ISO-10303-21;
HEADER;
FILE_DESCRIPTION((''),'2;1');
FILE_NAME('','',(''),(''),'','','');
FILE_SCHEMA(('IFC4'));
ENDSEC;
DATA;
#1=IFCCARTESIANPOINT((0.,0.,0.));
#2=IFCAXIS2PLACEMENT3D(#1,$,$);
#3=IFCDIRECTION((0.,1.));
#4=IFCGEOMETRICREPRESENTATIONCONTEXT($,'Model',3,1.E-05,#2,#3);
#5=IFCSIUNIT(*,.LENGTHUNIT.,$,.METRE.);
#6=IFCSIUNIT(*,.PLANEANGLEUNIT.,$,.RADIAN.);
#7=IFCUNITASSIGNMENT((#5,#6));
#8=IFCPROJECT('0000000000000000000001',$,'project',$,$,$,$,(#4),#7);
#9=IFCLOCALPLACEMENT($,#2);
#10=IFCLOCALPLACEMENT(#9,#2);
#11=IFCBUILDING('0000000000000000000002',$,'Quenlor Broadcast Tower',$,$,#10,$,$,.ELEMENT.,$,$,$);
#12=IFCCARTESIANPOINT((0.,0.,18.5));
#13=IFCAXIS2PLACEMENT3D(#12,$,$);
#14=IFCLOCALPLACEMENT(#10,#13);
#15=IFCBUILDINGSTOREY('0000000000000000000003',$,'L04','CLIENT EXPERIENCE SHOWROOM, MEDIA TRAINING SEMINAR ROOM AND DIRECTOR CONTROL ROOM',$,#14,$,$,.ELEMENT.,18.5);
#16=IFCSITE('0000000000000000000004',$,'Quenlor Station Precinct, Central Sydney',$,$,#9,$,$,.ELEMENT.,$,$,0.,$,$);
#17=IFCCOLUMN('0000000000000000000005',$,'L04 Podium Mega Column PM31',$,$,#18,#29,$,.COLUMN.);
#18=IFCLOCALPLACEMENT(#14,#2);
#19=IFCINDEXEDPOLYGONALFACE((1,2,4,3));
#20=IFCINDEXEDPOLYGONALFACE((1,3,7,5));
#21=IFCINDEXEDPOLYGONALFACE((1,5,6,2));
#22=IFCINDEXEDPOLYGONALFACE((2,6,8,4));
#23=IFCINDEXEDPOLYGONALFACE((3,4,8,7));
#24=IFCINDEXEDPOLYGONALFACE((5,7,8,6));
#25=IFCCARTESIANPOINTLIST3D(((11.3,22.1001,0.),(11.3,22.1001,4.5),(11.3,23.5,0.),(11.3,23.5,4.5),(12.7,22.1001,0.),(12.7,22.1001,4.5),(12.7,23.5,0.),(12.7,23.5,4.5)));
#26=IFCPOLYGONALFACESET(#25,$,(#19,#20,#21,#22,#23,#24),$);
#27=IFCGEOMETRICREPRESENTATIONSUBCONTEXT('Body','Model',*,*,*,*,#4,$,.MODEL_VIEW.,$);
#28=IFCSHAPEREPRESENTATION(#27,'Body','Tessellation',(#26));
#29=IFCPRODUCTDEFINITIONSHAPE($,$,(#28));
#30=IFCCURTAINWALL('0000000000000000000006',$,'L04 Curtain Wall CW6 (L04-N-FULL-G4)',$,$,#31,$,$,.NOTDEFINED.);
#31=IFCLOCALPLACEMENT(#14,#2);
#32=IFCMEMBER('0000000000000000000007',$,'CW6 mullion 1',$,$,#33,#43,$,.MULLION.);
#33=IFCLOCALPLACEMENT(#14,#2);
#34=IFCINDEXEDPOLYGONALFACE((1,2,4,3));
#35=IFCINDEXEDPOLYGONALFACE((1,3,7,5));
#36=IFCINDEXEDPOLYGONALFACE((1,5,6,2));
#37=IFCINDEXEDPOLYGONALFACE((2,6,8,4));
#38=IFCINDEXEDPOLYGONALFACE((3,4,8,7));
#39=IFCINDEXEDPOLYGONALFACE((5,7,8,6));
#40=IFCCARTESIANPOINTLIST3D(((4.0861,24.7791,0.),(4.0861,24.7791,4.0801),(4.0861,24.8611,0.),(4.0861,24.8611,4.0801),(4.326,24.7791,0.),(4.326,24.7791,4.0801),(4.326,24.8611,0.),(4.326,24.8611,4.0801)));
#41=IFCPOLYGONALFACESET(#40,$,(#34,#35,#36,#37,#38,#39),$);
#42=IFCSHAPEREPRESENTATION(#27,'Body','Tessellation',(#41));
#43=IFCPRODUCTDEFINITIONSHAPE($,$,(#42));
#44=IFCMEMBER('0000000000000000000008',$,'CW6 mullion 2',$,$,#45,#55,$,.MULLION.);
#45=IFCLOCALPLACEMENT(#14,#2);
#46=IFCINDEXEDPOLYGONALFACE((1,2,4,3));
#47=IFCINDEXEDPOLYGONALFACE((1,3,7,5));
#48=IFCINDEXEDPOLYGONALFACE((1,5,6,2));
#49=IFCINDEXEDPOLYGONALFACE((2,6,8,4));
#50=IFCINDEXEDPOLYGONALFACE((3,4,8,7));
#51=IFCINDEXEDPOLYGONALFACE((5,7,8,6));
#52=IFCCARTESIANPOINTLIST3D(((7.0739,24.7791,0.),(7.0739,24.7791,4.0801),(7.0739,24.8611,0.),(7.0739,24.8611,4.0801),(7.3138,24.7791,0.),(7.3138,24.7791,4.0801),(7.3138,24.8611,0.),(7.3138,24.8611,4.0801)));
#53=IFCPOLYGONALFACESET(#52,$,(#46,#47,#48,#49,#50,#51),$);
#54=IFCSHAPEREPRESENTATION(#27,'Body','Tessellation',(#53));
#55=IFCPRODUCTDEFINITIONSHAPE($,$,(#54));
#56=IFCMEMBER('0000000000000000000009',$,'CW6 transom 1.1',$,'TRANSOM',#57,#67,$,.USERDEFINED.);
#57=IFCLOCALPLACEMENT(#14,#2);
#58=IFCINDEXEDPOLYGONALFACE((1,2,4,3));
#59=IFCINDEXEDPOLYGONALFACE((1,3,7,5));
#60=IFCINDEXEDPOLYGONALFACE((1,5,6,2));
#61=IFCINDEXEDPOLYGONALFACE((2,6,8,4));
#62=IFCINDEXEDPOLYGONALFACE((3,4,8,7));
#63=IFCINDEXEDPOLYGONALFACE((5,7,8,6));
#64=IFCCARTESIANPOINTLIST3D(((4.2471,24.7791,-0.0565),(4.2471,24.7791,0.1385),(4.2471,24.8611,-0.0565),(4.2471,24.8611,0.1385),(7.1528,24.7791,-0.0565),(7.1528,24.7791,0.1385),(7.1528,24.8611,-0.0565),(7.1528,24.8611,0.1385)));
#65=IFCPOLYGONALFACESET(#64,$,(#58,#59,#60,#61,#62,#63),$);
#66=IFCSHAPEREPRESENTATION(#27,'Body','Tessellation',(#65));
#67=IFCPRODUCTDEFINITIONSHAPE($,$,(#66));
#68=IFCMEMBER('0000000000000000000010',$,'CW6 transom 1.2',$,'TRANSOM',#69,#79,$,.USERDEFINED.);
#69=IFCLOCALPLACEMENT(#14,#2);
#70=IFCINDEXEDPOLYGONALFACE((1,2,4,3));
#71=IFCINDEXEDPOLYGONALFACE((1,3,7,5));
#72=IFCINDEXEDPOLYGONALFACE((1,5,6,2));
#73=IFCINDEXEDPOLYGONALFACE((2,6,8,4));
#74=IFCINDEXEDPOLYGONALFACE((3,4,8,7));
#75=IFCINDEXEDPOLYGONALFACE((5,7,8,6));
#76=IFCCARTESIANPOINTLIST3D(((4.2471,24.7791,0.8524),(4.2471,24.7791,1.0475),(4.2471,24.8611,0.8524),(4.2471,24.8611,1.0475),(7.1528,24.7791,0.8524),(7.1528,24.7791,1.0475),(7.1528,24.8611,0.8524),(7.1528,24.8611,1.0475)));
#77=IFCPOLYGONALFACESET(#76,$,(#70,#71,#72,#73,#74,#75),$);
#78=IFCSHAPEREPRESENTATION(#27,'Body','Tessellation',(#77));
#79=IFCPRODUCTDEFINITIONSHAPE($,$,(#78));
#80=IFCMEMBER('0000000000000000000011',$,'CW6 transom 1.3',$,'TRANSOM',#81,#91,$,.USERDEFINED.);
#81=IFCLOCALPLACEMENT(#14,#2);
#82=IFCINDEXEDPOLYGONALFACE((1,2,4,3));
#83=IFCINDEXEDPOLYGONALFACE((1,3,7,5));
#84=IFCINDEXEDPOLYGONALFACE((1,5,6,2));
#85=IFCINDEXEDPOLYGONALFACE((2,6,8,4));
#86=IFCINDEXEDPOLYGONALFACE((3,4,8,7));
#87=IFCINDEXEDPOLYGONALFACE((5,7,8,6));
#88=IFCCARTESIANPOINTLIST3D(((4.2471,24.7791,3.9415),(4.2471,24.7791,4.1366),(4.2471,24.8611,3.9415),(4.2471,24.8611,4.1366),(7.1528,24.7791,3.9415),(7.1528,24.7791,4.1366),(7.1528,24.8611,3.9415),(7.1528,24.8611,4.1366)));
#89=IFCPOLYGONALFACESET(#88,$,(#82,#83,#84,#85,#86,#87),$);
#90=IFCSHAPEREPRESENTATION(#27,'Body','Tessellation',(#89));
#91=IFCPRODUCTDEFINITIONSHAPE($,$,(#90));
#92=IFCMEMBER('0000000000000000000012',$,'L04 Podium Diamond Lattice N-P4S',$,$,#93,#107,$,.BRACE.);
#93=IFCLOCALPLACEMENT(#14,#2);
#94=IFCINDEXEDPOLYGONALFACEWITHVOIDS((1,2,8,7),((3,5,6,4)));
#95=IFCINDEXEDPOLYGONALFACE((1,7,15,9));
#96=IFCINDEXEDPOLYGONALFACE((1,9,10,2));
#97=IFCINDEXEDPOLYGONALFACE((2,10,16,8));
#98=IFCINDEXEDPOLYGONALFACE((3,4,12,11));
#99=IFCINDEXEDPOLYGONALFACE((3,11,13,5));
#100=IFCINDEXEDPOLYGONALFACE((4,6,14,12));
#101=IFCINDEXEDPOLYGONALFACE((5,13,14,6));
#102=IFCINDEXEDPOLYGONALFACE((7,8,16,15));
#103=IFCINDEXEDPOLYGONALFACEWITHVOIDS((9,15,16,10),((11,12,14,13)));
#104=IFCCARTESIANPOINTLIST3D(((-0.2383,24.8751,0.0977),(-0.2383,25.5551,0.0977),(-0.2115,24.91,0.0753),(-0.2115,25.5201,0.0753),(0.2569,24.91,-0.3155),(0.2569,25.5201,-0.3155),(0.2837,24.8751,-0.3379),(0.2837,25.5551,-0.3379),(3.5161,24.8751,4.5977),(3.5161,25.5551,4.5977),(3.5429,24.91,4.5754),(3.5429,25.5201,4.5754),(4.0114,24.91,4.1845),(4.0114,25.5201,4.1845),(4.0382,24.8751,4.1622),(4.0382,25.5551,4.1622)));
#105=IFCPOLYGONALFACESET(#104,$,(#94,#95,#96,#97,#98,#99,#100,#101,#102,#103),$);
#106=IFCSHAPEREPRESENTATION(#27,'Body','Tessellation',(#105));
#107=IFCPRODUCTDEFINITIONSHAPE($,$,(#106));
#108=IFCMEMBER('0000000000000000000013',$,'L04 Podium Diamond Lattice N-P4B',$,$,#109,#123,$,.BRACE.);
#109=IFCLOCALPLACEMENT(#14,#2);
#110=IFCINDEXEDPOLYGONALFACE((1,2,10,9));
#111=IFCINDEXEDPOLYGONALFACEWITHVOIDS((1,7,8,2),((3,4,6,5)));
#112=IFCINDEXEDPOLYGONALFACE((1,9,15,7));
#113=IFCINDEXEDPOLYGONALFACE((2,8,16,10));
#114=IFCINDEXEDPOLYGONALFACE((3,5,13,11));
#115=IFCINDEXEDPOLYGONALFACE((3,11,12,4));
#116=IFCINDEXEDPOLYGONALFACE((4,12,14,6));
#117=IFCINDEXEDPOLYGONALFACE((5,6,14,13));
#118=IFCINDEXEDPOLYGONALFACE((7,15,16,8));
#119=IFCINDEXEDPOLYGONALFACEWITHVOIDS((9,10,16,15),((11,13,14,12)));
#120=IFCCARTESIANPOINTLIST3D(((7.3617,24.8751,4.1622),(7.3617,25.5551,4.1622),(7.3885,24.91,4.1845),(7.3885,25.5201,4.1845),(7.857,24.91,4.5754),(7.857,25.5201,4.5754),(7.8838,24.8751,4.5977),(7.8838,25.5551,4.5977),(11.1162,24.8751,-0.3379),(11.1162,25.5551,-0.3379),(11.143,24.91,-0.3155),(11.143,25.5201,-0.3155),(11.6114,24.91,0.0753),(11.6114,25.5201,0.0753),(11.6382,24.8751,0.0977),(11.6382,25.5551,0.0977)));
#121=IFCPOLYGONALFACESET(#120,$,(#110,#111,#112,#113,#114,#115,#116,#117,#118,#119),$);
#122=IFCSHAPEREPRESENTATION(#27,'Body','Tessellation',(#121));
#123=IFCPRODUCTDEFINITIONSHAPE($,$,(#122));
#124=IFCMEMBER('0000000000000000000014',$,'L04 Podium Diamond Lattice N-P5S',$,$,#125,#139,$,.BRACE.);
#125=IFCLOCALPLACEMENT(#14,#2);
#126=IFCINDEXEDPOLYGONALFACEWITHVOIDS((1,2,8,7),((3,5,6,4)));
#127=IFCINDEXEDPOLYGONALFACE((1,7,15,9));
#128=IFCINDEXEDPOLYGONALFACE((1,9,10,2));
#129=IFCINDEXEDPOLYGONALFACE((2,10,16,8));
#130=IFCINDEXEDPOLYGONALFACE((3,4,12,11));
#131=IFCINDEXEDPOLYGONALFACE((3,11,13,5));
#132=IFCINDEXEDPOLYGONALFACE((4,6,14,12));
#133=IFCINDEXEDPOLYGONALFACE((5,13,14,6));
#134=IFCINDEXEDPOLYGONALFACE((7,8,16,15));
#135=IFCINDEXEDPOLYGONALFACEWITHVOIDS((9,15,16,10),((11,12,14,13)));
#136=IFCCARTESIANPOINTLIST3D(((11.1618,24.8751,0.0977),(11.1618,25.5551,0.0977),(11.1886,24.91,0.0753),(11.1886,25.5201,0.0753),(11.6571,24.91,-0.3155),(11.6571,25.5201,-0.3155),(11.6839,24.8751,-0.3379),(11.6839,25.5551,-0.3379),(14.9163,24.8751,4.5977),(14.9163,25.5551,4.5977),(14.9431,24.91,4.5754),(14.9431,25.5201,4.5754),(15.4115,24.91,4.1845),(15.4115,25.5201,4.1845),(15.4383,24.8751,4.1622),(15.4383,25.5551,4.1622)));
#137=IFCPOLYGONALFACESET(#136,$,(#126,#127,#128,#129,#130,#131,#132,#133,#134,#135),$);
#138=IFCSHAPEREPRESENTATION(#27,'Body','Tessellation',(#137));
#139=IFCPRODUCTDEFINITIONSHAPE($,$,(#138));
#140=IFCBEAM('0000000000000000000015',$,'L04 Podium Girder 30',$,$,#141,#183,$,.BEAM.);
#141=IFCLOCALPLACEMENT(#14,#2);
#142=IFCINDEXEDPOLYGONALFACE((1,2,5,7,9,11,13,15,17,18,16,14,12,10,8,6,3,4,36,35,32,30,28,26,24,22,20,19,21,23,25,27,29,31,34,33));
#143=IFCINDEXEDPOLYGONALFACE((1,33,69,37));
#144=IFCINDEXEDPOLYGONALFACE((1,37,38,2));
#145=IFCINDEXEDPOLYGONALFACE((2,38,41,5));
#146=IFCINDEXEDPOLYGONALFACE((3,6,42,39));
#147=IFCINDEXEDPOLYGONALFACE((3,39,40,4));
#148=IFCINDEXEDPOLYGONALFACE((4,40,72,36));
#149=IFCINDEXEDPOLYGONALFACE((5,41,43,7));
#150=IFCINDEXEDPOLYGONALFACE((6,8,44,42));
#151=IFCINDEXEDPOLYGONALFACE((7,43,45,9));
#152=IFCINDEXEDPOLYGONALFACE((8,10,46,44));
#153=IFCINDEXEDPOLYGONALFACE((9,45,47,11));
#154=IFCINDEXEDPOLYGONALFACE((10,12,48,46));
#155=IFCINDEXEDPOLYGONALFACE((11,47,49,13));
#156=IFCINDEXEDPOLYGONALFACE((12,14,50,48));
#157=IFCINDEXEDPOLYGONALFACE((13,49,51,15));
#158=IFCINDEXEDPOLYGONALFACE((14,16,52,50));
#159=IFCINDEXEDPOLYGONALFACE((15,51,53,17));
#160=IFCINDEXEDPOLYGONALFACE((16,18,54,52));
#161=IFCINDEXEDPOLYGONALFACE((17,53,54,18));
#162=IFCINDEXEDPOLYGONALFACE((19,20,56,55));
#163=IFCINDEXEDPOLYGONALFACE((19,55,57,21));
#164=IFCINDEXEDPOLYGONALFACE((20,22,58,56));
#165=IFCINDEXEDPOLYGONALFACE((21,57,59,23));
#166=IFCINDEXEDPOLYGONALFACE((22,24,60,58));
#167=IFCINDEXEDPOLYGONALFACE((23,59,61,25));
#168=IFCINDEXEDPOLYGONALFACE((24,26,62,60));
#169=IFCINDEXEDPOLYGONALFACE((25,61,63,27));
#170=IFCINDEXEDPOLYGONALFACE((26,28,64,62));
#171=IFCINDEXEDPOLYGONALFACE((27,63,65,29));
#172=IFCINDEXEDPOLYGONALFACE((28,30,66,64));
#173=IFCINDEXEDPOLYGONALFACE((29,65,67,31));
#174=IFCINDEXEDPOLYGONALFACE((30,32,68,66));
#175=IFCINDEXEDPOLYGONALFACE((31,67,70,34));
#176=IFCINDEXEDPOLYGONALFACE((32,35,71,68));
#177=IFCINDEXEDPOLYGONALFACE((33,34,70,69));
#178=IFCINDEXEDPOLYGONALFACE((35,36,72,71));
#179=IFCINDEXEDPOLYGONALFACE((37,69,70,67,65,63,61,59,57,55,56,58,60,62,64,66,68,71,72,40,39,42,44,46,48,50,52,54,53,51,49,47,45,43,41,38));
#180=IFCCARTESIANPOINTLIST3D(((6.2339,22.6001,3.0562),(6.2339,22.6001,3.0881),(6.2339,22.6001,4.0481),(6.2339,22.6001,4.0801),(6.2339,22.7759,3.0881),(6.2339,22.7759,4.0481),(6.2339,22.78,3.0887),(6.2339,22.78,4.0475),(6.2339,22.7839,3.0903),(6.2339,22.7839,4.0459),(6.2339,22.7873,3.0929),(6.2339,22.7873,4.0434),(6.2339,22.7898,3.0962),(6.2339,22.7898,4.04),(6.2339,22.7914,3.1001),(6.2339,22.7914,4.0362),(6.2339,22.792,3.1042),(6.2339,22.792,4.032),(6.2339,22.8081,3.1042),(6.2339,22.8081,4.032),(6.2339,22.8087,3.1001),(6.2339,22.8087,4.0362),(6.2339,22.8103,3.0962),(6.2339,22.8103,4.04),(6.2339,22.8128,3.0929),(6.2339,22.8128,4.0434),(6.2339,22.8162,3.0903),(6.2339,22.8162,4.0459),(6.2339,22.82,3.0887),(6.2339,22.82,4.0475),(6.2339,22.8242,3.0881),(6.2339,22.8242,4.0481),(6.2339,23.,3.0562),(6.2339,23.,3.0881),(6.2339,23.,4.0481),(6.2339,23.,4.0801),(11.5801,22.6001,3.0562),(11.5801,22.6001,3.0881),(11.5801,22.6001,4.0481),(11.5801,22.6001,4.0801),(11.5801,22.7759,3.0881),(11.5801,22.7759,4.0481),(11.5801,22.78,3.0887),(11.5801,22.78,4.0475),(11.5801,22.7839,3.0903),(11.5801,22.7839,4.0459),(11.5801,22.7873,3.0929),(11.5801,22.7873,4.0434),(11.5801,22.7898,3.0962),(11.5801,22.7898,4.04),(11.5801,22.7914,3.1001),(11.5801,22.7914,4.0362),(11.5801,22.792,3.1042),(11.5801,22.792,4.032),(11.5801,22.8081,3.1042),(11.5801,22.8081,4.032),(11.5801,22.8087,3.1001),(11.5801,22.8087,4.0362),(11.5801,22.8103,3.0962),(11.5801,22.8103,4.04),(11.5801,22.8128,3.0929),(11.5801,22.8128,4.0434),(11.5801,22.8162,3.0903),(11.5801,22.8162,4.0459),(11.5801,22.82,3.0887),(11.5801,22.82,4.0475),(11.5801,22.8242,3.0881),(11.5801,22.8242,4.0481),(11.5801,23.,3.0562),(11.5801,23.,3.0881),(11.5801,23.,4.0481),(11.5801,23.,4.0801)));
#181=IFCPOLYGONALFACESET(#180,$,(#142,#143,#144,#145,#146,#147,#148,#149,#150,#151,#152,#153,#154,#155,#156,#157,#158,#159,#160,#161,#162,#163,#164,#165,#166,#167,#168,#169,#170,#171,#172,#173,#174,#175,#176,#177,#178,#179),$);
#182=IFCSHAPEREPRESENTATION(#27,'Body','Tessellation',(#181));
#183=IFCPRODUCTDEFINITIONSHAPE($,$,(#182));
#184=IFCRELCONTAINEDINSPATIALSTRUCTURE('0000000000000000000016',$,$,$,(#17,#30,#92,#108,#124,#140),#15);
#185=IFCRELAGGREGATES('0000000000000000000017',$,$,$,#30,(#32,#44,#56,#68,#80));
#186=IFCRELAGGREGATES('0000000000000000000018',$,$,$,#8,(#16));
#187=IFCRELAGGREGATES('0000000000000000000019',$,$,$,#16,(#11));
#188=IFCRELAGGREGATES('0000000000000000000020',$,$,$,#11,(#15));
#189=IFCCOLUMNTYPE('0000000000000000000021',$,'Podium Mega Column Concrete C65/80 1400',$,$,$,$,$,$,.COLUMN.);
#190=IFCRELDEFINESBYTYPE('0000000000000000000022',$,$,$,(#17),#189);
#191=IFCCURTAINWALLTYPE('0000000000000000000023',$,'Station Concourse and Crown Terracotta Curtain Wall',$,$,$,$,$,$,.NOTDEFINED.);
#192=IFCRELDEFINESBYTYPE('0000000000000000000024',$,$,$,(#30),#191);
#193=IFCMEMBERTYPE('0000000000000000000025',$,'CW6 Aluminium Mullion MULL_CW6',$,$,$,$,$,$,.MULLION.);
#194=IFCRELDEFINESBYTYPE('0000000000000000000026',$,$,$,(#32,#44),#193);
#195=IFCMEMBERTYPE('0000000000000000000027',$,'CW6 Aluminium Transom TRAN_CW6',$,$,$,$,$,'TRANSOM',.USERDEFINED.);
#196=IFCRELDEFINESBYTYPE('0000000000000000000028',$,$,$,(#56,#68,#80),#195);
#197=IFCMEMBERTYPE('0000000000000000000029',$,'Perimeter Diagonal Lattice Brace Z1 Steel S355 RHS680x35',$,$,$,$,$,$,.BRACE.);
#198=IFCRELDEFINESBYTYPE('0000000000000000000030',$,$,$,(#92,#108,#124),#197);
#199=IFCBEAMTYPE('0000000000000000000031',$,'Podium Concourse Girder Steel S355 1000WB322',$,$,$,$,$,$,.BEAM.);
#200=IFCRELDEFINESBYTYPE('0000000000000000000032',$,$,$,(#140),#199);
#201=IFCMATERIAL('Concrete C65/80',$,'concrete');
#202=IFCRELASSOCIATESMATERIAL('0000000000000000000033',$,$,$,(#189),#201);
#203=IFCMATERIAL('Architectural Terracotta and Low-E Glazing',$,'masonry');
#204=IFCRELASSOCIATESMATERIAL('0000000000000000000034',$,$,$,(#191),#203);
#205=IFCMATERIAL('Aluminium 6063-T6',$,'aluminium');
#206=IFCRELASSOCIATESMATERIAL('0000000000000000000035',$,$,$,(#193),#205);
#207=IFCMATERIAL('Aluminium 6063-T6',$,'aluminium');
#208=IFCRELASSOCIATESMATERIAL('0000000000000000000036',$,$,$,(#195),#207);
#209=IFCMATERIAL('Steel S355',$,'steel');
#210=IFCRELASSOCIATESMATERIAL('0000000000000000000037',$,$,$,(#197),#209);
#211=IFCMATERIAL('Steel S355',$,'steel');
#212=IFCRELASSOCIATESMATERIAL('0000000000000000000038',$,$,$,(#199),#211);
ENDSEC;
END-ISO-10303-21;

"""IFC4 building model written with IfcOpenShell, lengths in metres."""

from ifc_helpers import new_model, si_unit, direction, frame, origin, origin_2d, place, context, subcontext, project, spatial, rectangle, hollow_rectangle, i_section, extrude, material, material_profile, profile_set, type_object, element, aggregate, save


model = new_model("IFC4")

# Units and contexts
model_context = context("Model", 3, precision=1e-05, world=origin(), true_north=direction((0.0, 1.0)))
body_context = subcontext(model_context, "Body", "Model", "MODEL_VIEW")
ifc_project = project(units=[si_unit("LENGTHUNIT", "METRE"), si_unit("PLANEANGLEUNIT", "RADIAN")], contexts=[model_context])

# Site, building, storey
site_placement = place(None, origin())
site = spatial("IfcSite", under=ifc_project, at=site_placement, Name="Quenlor Station Precinct, Central Sydney", CompositionType="ELEMENT", RefElevation=0.0)
building_placement = place(site_placement, origin())
building = spatial("IfcBuilding", under=site, at=building_placement, Name="Quenlor Broadcast Tower", CompositionType="ELEMENT")
storey_placement = place(building_placement, frame((0.0, 0.0, 18.5)))
storey = spatial("IfcBuildingStorey", under=building, at=storey_placement, Name="L04", Description="CLIENT EXPERIENCE SHOWROOM, MEDIA TRAINING SEMINAR ROOM AND DIRECTOR CONTROL ROOM", CompositionType="ELEMENT", Elevation=18.5)

# Column
ifc_material_1 = material(Name="Concrete C65/80", Category="concrete")
ifc_material_profile_1 = material_profile(ifc_material_1, rectangle(XDim=1.3999, YDim=1.3999, at=origin_2d()))
ifc_profile_set_1 = profile_set([ifc_material_profile_1], Name="Concrete C65/80 RC1400x1400")
column_type = type_object("IfcColumnType", Name="Podium Mega Column Concrete C65/80 1400", PredefinedType="COLUMN", material=ifc_profile_set_1)
column_placement = place(storey_placement, frame((12.0, 22.8, 0.0), z_axis=(0.0, 0.0, 1.0), x_axis=(1.0, 0.0, 0.0)))
element("IfcColumn", 1, at=column_placement, inside=storey, type_object=column_type, Name="L04 Podium Mega Column PM31", PredefinedType="COLUMN", context=body_context, shape_type="SweptSolid", body=[
    extrude(rectangle(XDim=1.3999, YDim=1.3999, at=origin_2d()), origin(), (0.0, 0.0, 1.0), 4.5),
])

# Curtain wall, members
ifc_material_2 = material(Name="Architectural Terracotta and Low-E Glazing", Category="masonry")
curtain_wall_type = type_object("IfcCurtainWallType", Name="Station Concourse and Crown Terracotta Curtain Wall", PredefinedType="NOTDEFINED", material=ifc_material_2)
curtain_wall_placement = place(storey_placement, origin())
curtain_wall = element("IfcCurtainWall", 2, at=curtain_wall_placement, inside=storey, type_object=curtain_wall_type, Name="L04 Curtain Wall CW6 (L04-N-FULL-G4)", PredefinedType="NOTDEFINED")
ifc_material_3 = material(Name="Aluminium 6063-T6", Category="aluminium")
ifc_material_profile_2 = material_profile(ifc_material_3, rectangle(XDim=0.082, YDim=0.24, at=origin_2d()))
ifc_profile_set_2 = profile_set([ifc_material_profile_2], Name="Aluminium 6063-T6 MULL82x240")
member_type_1 = type_object("IfcMemberType", Name="CW6 Aluminium Mullion MULL_CW6", PredefinedType="MULLION", material=ifc_profile_set_2)
member_1_placement = place(storey_placement, frame((4.2061, 24.8201, 0.0), z_axis=(0.0, 0.0, 1.0), x_axis=(0.0, 1.0, 0.0)))
member_1 = element("IfcMember", 3, at=member_1_placement, type_object=member_type_1, Name="CW6 mullion 1", PredefinedType="MULLION", context=body_context, shape_type="SweptSolid", body=[
    extrude(rectangle(XDim=0.082, YDim=0.24, at=origin_2d()), origin(), (0.0, 0.0, 1.0), 4.0801),
])
member_2_placement = place(storey_placement, frame((7.1938, 24.8201, 0.0), z_axis=(0.0, 0.0, 1.0), x_axis=(0.0, 1.0, 0.0)))
member_2 = element("IfcMember", 4, at=member_2_placement, type_object=member_type_1, Name="CW6 mullion 2", PredefinedType="MULLION", context=body_context, shape_type="SweptSolid", body=[
    extrude(rectangle(XDim=0.082, YDim=0.24, at=origin_2d()), origin(), (0.0, 0.0, 1.0), 4.0801),
])
ifc_material_4 = material(Name="Aluminium 6063-T6", Category="aluminium")
ifc_material_profile_3 = material_profile(ifc_material_4, rectangle(XDim=0.082, YDim=0.1951, at=origin_2d()))
ifc_profile_set_3 = profile_set([ifc_material_profile_3], Name="Aluminium 6063-T6 TRAN82x195")
member_type_2 = type_object("IfcMemberType", Name="CW6 Aluminium Transom TRAN_CW6", ElementType="TRANSOM", PredefinedType="USERDEFINED", material=ifc_profile_set_3)
member_3_placement = place(storey_placement, frame((4.2471, 24.8201, 0.041), z_axis=(1.0, 0.0, 0.0), x_axis=(0.0, 1.0, 0.0)))
member_3 = element("IfcMember", 5, at=member_3_placement, type_object=member_type_2, Name="CW6 transom 1.1", ObjectType="TRANSOM", PredefinedType="USERDEFINED", context=body_context, shape_type="SweptSolid", body=[
    extrude(rectangle(XDim=0.082, YDim=0.1951, at=origin_2d()), origin(), (0.0, 0.0, 1.0), 2.9058),
])
member_4_placement = place(storey_placement, frame((4.2471, 24.8201, 0.95), z_axis=(1.0, 0.0, 0.0), x_axis=(0.0, 1.0, 0.0)))
member_4 = element("IfcMember", 6, at=member_4_placement, type_object=member_type_2, Name="CW6 transom 1.2", ObjectType="TRANSOM", PredefinedType="USERDEFINED", context=body_context, shape_type="SweptSolid", body=[
    extrude(rectangle(XDim=0.082, YDim=0.1951, at=origin_2d()), origin(), (0.0, 0.0, 1.0), 2.9058),
])
member_5_placement = place(storey_placement, frame((4.2471, 24.8201, 4.0391), z_axis=(1.0, 0.0, 0.0), x_axis=(0.0, 1.0, 0.0)))
member_5 = element("IfcMember", 7, at=member_5_placement, type_object=member_type_2, Name="CW6 transom 1.3", ObjectType="TRANSOM", PredefinedType="USERDEFINED", context=body_context, shape_type="SweptSolid", body=[
    extrude(rectangle(XDim=0.082, YDim=0.1951, at=origin_2d()), origin(), (0.0, 0.0, 1.0), 2.9058),
])

# Members
ifc_material_5 = material(Name="Steel S355", Category="steel")
ifc_material_profile_4 = material_profile(ifc_material_5, hollow_rectangle(XDim=0.6799, YDim=0.6799, WallThickness=0.0349, at=origin_2d()))
ifc_profile_set_4 = profile_set([ifc_material_profile_4], Name="Steel S355 RHS680x680x35")
member_type_3 = type_object("IfcMemberType", Name="Perimeter Diagonal Lattice Brace Z1 Steel S355 RHS680x35", PredefinedType="BRACE", material=ifc_profile_set_4)
for number, where, z_axis, x_axis, name in (
    (8, (0.0227, 25.2151, -0.1201), (0.640627, 0.0, 0.767852), (0.0, 1.0, 0.0), "L04 Podium Diamond Lattice N-P4S"),
    (9, (11.3772, 25.2151, -0.1201), (-0.640627, 0.0, 0.767852), (0.0, -1.0, 0.0), "L04 Podium Diamond Lattice N-P4B"),
    (10, (11.4229, 25.2151, -0.1201), (0.640627, 0.0, 0.767852), (0.0, 1.0, 0.0), "L04 Podium Diamond Lattice N-P5S"),
):
    element("IfcMember", number, at=place(storey_placement, frame(where, z_axis=z_axis, x_axis=x_axis)), inside=storey, type_object=member_type_3, Name=name, PredefinedType="BRACE", context=body_context, shape_type="SweptSolid", body=[
        extrude(hollow_rectangle(XDim=0.6799, YDim=0.6799, WallThickness=0.0349, at=origin_2d()), origin(), (0.0, 0.0, 1.0), 5.8606),
    ])

# Beam
ifc_material_6 = material(Name="Steel S355", Category="steel")
ifc_material_profile_5 = material_profile(ifc_material_6, i_section(OverallWidth=0.3999, OverallDepth=1.0239, WebThickness=0.0161, FlangeThickness=0.032, FilletRadius=0.0161, at=origin_2d()))
ifc_profile_set_5 = profile_set([ifc_material_profile_5], Name="Steel S355 1000WB322")
beam_type = type_object("IfcBeamType", Name="Podium Concourse Girder Steel S355 1000WB322", PredefinedType="BEAM", material=ifc_profile_set_5)
beam_placement = place(storey_placement, frame((6.2339, 22.8, 3.5681), z_axis=(1.0, 0.0, 0.0), x_axis=(0.0, 1.0, 0.0)))
element("IfcBeam", 11, at=beam_placement, inside=storey, type_object=beam_type, Name="L04 Podium Girder 30", PredefinedType="BEAM", context=body_context, shape_type="SweptSolid", body=[
    extrude(i_section(OverallWidth=0.3999, OverallDepth=1.0239, WebThickness=0.0161, FlangeThickness=0.032, FilletRadius=0.0161, at=origin_2d()), origin(), (0.0, 0.0, 1.0), 5.3462),
])

aggregate(curtain_wall, [member_1, member_2, member_3, member_4, member_5])

save(model, "model.ifc")
